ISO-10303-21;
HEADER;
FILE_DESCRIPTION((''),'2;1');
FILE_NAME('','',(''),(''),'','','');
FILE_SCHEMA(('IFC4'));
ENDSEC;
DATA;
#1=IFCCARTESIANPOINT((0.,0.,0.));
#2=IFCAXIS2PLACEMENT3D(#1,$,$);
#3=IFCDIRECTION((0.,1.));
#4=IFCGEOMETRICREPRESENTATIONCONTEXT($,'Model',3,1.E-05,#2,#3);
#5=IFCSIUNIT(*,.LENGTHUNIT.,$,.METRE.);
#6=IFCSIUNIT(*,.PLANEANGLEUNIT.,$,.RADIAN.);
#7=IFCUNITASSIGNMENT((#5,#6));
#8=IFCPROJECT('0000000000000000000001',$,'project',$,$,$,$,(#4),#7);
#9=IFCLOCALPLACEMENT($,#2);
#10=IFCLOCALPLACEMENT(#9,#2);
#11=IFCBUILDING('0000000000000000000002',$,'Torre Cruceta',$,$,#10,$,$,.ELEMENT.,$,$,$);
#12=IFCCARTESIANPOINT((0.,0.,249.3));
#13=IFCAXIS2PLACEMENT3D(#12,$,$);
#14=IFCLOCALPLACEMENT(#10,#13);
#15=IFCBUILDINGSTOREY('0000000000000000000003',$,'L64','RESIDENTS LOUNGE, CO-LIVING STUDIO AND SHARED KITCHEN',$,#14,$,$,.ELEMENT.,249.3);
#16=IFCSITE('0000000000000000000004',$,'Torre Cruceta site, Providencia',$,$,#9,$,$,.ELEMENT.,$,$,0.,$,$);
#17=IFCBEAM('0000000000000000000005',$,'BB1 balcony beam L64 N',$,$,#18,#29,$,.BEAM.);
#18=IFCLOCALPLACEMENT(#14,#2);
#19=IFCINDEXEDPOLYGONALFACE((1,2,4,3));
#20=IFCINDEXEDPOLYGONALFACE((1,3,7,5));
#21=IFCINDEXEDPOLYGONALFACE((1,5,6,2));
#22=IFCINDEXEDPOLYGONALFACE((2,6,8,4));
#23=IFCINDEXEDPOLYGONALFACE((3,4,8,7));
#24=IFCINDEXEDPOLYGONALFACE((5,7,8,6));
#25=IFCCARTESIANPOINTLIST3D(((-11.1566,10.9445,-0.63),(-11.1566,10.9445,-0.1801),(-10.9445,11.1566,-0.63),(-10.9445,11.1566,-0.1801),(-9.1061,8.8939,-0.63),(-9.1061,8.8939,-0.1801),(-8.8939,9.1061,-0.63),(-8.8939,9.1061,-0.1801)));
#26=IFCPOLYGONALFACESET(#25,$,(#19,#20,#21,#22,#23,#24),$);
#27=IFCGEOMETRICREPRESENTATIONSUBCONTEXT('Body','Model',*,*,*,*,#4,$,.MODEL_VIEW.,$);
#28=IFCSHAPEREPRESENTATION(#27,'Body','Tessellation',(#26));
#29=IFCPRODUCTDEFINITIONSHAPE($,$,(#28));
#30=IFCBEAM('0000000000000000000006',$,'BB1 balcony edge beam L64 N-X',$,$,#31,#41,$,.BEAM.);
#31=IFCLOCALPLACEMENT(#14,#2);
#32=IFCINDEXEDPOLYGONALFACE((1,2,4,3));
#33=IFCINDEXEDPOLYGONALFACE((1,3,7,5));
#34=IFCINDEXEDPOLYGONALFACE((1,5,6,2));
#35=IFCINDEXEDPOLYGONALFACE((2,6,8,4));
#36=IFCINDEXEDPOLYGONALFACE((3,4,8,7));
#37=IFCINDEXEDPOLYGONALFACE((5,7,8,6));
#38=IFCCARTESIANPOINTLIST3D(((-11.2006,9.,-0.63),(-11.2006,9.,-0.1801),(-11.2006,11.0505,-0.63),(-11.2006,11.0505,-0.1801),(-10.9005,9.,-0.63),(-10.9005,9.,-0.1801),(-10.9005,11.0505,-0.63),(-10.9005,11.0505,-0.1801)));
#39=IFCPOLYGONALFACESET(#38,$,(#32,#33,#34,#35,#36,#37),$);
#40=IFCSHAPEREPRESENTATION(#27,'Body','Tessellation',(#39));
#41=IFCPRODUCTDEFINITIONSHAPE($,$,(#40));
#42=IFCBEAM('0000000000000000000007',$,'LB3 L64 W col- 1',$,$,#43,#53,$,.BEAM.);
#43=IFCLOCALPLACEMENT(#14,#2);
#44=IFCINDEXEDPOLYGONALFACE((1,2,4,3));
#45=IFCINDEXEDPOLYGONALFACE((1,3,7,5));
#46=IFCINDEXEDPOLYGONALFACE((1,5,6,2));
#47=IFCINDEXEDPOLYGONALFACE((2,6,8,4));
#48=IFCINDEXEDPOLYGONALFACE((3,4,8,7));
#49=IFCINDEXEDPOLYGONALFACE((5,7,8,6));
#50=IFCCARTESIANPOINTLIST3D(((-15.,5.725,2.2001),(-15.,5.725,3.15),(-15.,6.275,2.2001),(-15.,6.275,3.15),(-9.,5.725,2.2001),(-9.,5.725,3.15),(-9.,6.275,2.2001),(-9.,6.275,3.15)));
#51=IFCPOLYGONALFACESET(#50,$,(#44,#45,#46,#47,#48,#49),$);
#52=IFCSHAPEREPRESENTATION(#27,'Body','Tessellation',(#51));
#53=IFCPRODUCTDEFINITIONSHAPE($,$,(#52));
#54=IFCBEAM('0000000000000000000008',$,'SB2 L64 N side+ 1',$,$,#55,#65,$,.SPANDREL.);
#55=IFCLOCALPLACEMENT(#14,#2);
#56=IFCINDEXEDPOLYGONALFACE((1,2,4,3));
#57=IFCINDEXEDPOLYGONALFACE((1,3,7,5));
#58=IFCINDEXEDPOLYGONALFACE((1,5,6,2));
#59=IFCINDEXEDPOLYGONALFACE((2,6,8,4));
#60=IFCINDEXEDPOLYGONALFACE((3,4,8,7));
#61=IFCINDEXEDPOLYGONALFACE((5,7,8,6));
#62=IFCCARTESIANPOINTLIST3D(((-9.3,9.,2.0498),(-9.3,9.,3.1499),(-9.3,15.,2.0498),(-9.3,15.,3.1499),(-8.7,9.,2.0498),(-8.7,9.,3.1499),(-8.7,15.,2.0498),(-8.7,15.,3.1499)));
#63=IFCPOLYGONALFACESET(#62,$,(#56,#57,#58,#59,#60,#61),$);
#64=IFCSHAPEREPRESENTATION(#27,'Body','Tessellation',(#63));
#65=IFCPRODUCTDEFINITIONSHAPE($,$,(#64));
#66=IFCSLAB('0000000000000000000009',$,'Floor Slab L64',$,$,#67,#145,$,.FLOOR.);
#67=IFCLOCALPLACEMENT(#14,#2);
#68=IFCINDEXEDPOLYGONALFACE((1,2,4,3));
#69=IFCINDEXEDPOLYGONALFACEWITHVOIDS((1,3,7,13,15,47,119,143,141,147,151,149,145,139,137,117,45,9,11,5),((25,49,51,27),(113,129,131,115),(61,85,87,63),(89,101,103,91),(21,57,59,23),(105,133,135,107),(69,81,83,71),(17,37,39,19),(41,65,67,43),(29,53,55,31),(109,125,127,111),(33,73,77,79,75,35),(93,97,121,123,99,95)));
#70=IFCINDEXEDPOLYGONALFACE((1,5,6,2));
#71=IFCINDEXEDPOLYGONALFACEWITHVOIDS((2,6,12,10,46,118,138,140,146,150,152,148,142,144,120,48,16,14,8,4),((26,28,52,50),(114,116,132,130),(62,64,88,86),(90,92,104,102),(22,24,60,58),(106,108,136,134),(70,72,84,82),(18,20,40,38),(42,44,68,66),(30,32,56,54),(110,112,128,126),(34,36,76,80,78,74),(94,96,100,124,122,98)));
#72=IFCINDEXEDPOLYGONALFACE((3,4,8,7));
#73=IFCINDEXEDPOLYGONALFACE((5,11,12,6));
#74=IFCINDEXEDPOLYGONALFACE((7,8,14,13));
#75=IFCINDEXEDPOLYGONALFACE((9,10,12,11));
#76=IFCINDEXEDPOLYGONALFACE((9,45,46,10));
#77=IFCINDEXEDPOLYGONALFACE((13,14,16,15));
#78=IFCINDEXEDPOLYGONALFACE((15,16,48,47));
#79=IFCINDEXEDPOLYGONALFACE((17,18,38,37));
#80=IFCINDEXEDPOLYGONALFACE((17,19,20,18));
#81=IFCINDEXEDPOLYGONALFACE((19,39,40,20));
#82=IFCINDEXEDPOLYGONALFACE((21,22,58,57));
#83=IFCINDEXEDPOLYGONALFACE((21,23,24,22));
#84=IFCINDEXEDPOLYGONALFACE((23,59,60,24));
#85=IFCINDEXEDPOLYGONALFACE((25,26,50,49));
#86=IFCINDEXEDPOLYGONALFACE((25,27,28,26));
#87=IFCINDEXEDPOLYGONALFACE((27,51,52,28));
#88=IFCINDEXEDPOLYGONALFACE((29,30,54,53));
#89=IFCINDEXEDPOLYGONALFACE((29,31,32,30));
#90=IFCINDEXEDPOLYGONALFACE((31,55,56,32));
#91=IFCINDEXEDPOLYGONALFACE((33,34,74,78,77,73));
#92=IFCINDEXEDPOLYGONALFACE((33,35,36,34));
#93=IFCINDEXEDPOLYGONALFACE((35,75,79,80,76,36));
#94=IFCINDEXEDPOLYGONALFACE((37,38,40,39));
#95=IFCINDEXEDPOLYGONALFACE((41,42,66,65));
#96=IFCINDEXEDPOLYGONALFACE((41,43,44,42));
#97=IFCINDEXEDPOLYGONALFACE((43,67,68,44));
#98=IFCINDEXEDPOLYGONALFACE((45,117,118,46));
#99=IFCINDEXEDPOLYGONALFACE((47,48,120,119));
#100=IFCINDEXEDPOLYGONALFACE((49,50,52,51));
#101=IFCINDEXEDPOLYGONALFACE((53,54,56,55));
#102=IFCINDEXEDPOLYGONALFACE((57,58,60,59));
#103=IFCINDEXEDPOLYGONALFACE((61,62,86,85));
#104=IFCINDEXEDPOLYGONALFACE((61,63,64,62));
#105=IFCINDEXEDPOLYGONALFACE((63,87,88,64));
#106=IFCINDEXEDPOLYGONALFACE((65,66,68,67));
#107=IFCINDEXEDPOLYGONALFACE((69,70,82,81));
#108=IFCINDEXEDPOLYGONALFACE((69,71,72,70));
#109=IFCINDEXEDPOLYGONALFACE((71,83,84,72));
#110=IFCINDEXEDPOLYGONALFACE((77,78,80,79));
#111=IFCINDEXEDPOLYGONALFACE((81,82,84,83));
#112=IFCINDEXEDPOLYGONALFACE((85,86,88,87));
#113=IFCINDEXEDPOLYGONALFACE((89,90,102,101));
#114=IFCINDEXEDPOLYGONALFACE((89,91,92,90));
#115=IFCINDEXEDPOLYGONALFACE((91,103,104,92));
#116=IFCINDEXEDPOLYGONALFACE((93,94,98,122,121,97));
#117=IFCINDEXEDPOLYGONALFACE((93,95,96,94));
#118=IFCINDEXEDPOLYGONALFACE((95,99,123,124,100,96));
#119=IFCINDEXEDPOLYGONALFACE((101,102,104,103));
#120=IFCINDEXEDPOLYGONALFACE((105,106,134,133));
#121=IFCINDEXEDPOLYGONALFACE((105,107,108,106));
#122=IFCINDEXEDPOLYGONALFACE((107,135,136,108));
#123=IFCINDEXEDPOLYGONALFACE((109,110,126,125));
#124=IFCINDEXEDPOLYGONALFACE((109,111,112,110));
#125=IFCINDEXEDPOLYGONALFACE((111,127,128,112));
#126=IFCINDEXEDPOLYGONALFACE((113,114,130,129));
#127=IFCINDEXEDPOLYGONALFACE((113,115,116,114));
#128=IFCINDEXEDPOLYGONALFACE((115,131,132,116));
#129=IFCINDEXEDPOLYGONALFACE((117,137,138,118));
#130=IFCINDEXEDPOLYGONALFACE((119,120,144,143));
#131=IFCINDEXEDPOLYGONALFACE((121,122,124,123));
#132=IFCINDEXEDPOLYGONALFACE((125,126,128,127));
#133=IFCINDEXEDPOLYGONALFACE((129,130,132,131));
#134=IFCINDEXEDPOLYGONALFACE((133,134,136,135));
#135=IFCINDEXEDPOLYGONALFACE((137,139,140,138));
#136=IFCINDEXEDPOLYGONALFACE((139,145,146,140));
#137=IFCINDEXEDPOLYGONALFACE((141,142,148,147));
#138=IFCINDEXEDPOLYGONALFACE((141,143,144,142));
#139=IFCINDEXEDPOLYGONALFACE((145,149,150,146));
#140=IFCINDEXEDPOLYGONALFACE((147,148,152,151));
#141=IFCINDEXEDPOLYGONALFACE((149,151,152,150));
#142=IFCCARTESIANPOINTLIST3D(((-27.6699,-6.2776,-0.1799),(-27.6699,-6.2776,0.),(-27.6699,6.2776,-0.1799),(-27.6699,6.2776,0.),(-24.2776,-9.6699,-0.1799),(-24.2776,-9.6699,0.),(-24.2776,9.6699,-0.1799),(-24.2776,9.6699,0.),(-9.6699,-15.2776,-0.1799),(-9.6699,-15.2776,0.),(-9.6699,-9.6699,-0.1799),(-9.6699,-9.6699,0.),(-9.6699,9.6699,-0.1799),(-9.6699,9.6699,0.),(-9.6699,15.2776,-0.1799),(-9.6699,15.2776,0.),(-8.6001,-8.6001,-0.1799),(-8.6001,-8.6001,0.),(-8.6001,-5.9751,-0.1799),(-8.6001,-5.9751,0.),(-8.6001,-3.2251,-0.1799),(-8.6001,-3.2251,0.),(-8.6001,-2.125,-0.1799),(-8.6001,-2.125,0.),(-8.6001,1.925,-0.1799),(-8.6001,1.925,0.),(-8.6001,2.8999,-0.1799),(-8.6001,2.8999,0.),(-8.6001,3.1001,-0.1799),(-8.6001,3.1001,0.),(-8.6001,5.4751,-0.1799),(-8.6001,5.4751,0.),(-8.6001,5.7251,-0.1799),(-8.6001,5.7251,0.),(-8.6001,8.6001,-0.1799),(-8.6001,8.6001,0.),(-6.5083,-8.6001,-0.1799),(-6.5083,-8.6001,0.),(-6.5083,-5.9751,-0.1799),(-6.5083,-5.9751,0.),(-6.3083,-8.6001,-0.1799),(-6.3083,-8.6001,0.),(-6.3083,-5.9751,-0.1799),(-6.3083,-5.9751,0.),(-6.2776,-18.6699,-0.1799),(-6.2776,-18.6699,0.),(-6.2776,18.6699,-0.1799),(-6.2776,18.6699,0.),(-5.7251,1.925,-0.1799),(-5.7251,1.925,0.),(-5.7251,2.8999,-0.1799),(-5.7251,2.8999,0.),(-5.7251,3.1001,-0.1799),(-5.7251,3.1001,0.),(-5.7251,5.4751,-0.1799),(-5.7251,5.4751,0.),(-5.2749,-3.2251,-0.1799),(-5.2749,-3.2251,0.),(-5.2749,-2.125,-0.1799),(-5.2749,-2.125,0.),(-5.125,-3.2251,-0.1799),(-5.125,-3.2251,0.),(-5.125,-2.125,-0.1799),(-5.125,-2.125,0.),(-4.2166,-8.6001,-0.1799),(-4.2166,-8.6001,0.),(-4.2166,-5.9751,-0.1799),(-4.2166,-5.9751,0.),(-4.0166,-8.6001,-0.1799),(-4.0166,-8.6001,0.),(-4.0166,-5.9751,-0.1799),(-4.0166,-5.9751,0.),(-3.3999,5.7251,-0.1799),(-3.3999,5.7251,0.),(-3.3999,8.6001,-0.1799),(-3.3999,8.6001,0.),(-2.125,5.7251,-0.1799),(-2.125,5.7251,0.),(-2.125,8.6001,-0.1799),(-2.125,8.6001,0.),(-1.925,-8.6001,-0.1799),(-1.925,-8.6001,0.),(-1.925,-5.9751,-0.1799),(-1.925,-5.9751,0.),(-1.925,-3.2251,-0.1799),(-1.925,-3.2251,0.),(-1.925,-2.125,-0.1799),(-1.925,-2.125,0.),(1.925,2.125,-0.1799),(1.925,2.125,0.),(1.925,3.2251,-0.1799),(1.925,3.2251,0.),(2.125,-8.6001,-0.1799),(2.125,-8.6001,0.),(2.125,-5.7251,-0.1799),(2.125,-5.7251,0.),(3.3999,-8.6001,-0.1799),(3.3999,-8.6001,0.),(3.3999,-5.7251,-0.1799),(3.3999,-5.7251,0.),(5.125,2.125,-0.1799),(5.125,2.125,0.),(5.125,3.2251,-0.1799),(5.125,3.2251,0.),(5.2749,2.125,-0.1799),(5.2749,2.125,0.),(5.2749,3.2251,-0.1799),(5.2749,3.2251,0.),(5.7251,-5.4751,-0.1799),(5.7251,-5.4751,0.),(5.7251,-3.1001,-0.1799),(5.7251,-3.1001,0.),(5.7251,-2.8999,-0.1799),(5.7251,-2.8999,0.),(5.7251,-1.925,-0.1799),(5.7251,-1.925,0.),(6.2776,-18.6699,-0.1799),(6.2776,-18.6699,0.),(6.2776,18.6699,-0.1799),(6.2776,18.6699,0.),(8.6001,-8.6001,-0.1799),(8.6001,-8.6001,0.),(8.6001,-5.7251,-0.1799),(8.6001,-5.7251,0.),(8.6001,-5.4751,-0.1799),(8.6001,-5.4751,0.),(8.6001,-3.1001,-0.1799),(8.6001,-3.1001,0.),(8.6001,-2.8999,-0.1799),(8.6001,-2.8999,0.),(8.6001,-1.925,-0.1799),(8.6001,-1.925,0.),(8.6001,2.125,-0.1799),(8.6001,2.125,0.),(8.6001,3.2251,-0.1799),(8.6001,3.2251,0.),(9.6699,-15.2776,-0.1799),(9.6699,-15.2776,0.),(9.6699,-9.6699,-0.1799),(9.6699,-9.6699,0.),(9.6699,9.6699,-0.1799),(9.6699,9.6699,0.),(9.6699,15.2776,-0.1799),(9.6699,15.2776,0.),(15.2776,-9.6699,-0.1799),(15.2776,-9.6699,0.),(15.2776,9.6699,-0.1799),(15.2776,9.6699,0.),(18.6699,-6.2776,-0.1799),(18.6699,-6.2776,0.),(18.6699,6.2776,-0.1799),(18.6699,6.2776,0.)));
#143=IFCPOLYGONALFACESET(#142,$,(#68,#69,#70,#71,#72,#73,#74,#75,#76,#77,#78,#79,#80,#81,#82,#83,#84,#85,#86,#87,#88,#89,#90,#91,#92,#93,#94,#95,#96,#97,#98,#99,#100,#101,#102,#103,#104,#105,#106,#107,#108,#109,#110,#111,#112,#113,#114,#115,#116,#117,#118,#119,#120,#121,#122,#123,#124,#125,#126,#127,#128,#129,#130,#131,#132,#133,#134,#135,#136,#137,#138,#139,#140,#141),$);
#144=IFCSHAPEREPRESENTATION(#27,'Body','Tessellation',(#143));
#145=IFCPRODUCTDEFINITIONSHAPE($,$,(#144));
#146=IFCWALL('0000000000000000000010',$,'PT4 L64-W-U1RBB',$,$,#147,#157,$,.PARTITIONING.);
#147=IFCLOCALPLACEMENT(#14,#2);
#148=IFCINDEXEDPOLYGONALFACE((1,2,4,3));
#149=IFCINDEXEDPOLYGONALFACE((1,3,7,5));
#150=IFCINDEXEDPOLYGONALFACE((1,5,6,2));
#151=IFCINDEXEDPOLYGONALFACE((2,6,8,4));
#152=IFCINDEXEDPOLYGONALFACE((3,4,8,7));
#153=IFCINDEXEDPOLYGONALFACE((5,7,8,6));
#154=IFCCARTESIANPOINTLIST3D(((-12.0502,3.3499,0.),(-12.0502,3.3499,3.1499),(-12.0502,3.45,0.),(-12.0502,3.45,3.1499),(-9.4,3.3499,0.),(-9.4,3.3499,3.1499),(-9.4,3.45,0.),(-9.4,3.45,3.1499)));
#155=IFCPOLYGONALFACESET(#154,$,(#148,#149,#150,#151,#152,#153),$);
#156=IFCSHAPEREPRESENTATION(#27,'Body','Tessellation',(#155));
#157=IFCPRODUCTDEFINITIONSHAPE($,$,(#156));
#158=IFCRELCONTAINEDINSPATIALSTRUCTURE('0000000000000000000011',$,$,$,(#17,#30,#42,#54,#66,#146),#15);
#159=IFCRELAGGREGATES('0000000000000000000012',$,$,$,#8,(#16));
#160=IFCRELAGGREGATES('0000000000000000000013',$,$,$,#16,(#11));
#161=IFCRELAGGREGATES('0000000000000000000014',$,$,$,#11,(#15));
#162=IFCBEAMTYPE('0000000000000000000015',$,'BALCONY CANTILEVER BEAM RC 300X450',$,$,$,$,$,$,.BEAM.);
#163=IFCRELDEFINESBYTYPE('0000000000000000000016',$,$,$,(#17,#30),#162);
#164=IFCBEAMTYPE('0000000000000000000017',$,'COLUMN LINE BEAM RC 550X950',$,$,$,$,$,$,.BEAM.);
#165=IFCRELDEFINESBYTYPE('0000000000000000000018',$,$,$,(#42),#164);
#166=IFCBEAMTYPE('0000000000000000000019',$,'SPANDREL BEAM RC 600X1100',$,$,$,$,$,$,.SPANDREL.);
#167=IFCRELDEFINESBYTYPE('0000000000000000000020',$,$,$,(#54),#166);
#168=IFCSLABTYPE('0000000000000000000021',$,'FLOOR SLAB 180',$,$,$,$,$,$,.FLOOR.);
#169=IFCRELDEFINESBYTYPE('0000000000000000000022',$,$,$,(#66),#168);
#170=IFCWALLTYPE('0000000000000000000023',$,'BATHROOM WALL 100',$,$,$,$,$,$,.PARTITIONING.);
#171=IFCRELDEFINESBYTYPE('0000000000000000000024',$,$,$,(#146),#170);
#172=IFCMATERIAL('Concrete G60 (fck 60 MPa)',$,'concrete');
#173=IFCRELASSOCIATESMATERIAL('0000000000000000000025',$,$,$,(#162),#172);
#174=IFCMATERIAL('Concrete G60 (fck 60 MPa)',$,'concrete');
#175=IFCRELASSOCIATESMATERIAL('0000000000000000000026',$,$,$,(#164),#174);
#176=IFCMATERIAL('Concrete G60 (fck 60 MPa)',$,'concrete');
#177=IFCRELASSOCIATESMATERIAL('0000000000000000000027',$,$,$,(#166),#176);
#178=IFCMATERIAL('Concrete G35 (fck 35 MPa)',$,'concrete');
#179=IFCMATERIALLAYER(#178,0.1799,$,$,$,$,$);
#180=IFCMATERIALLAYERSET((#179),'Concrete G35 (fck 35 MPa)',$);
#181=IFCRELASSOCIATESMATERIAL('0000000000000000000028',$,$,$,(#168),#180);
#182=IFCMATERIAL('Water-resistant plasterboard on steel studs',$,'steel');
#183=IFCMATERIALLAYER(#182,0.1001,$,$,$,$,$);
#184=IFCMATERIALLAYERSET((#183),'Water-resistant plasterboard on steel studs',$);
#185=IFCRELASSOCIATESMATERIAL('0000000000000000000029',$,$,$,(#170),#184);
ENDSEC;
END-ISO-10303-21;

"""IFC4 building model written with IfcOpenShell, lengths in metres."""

from ifc_helpers import new_model, si_unit, direction, frame, frame_2d, origin, origin_2d, place, context, subcontext, project, spatial, polyline, rectangle, outline, extrude, material, layer, layer_set, material_profile, profile_set, type_object, element, save


model = new_model("IFC4")

# Units and contexts
model_context = context("Model", 3, precision=1e-05, world=origin(), true_north=direction((0.0, 1.0)))
body_context = subcontext(model_context, "Body", "Model", "MODEL_VIEW")
ifc_project = project(units=[si_unit("LENGTHUNIT", "METRE"), si_unit("PLANEANGLEUNIT", "RADIAN")], contexts=[model_context])

# Site, building, storey
site_placement = place(None, origin())
site = spatial("IfcSite", under=ifc_project, at=site_placement, Name="Torre Cruceta site, Providencia", CompositionType="ELEMENT", RefElevation=0.0)
building_placement = place(site_placement, origin())
building = spatial("IfcBuilding", under=site, at=building_placement, Name="Torre Cruceta", CompositionType="ELEMENT")
storey_placement = place(building_placement, frame((0.0, 0.0, 249.3)))
storey = spatial("IfcBuildingStorey", under=building, at=storey_placement, Name="L64", Description="RESIDENTS LOUNGE, CO-LIVING STUDIO AND SHARED KITCHEN", CompositionType="ELEMENT", Elevation=249.3)

# Beams
ifc_material_1 = material(Name="Concrete G60 (fck 60 MPa)", Category="concrete")
ifc_material_profile_1 = material_profile(ifc_material_1, rectangle(XDim=0.3, YDim=0.45, at=origin_2d()), Name="RC 300X450")
ifc_profile_set_1 = profile_set([ifc_material_profile_1], Name="Concrete G60 (fck 60 MPa)")
beam_type_1 = type_object("IfcBeamType", Name="BALCONY CANTILEVER BEAM RC 300X450", PredefinedType="BEAM", material=ifc_profile_set_1)
beam_1_placement = place(storey_placement, frame((-9.0, 9.0, -0.405), z_axis=(-0.707107, 0.707107, 0.0), x_axis=(-0.707107, -0.707107, 0.0)))
element("IfcBeam", 1, at=beam_1_placement, inside=storey, type_object=beam_type_1, Name="BB1 balcony beam L64 N", PredefinedType="BEAM", context=body_context, shape_type="SweptSolid", body=[
    extrude(rectangle(XDim=0.3, YDim=0.45, at=origin_2d()), origin(), (0.0, 0.0, 1.0), 2.8999),
])
beam_2_placement = place(storey_placement, frame((-11.0505, 9.0, -0.405), z_axis=(0.0, 1.0, 0.0), x_axis=(-1.0, 0.0, 0.0)))
element("IfcBeam", 2, at=beam_2_placement, inside=storey, type_object=beam_type_1, Name="BB1 balcony edge beam L64 N-X", PredefinedType="BEAM", context=body_context, shape_type="SweptSolid", body=[
    extrude(rectangle(XDim=0.3, YDim=0.45, at=origin_2d()), origin(), (0.0, 0.0, 1.0), 2.0505),
])
ifc_material_2 = material(Name="Concrete G60 (fck 60 MPa)", Category="concrete")
ifc_material_profile_2 = material_profile(ifc_material_2, rectangle(XDim=0.55, YDim=0.95, at=origin_2d()), Name="RC 550X950")
ifc_profile_set_2 = profile_set([ifc_material_profile_2], Name="Concrete G60 (fck 60 MPa)")
beam_type_2 = type_object("IfcBeamType", Name="COLUMN LINE BEAM RC 550X950", PredefinedType="BEAM", material=ifc_profile_set_2)
beam_3_placement = place(storey_placement, frame((-9.0, 6.0, 2.675), z_axis=(-1.0, 0.0, 0.0), x_axis=(0.0, -1.0, 0.0)))
element("IfcBeam", 3, at=beam_3_placement, inside=storey, type_object=beam_type_2, Name="LB3 L64 W col- 1", PredefinedType="BEAM", context=body_context, shape_type="SweptSolid", body=[
    extrude(rectangle(XDim=0.55, YDim=0.95, at=origin_2d()), origin(), (0.0, 0.0, 1.0), 6.0),
])
ifc_material_3 = material(Name="Concrete G60 (fck 60 MPa)", Category="concrete")
ifc_material_profile_3 = material_profile(ifc_material_3, rectangle(XDim=0.6001, YDim=1.1001, at=origin_2d()), Name="RC 600X1100")
ifc_profile_set_3 = profile_set([ifc_material_profile_3], Name="Concrete G60 (fck 60 MPa)")
beam_type_3 = type_object("IfcBeamType", Name="SPANDREL BEAM RC 600X1100", PredefinedType="SPANDREL", material=ifc_profile_set_3)
beam_4_placement = place(storey_placement, frame((-9.0, 9.0, 2.5999), z_axis=(0.0, 1.0, 0.0), x_axis=(-1.0, 0.0, 0.0)))
element("IfcBeam", 4, at=beam_4_placement, inside=storey, type_object=beam_type_3, Name="SB2 L64 N side+ 1", PredefinedType="SPANDREL", context=body_context, shape_type="SweptSolid", body=[
    extrude(rectangle(XDim=0.6001, YDim=1.1001, at=origin_2d()), origin(), (0.0, 0.0, 1.0), 6.0),
])

# Slab
ifc_material_4 = material(Name="Concrete G35 (fck 35 MPa)", Category="concrete")
ifc_layer_1 = layer(ifc_material_4, 0.1799)
ifc_layer_set_1 = layer_set([ifc_layer_1], Name="Concrete G35 (fck 35 MPa)")
slab_type = type_object("IfcSlabType", Name="FLOOR SLAB 180", PredefinedType="FLOOR", material=ifc_layer_set_1)
slab_placement = place(storey_placement, frame((0.0, 0.0, -0.1799)))
element("IfcSlab", 5, at=slab_placement, inside=storey, type_object=slab_type, Name="Floor Slab L64", PredefinedType="FLOOR", context=body_context, shape_type="SweptSolid", body=[
    extrude(outline(polyline([(9.6699, -9.6699), (9.6699, -15.2776), (6.2776, -18.6699), (-6.2776, -18.6699), (-9.6699, -15.2776), (-9.6699, -9.6699), (-24.2776, -9.6699), (-27.6699, -6.2776), (-27.6699, 6.2776), (-24.2776, 9.6699), (-9.6699, 9.6699), (-9.6699, 15.2776), (-6.2776, 18.6699), (6.2776, 18.6699), (9.6699, 15.2776), (9.6699, 9.6699), (15.2776, 9.6699), (18.6699, 6.2776), (18.6699, -6.2776), (15.2776, -9.6699), (9.6699, -9.6699)]), holes=[polyline([(1.925, 2.125), (5.125, 2.125), (5.125, 3.2251), (1.925, 3.2251), (1.925, 2.125)]), polyline([(5.2749, 2.125), (8.6001, 2.125), (8.6001, 3.2251), (5.2749, 3.2251), (5.2749, 2.125)]), polyline([(-8.6001, 3.1001), (-5.7251, 3.1001), (-5.7251, 5.4751), (-8.6001, 5.4751), (-8.6001, 3.1001)]), polyline([(-8.6001, 1.925), (-5.7251, 1.925), (-5.7251, 2.8999), (-8.6001, 2.8999), (-8.6001, 1.925)]), polyline([(-4.0166, -8.6001), (-1.925, -8.6001), (-1.925, -5.9751), (-4.0166, -5.9751), (-4.0166, -8.6001)]), polyline([(-6.3083, -8.6001), (-4.2166, -8.6001), (-4.2166, -5.9751), (-6.3083, -5.9751), (-6.3083, -8.6001)]), polyline([(-8.6001, -8.6001), (-6.5083, -8.6001), (-6.5083, -5.9751), (-8.6001, -5.9751), (-8.6001, -8.6001)]), polyline([(-5.125, -3.2251), (-1.925, -3.2251), (-1.925, -2.125), (-5.125, -2.125), (-5.125, -3.2251)]), polyline([(-8.6001, -3.2251), (-5.2749, -3.2251), (-5.2749, -2.125), (-8.6001, -2.125), (-8.6001, -3.2251)]), polyline([(5.7251, -5.4751), (8.6001, -5.4751), (8.6001, -3.1001), (5.7251, -3.1001), (5.7251, -5.4751)]), polyline([(5.7251, -2.8999), (8.6001, -2.8999), (8.6001, -1.925), (5.7251, -1.925), (5.7251, -2.8999)]), polyline([(-8.6001, 5.7251), (-8.6001, 8.6001), (-3.3999, 8.6001), (-2.125, 8.6001), (-2.125, 5.7251), (-3.3999, 5.7251), (-8.6001, 5.7251)]), polyline([(2.125, -5.7251), (3.3999, -5.7251), (8.6001, -5.7251), (8.6001, -8.6001), (3.3999, -8.6001), (2.125, -8.6001), (2.125, -5.7251)])]), origin(), (0.0, 0.0, 1.0), 0.1799),
])

# Wall
ifc_material_5 = material(Name="Water-resistant plasterboard on steel studs", Category="steel")
ifc_layer_2 = layer(ifc_material_5, 0.1001)
ifc_layer_set_2 = layer_set([ifc_layer_2], Name="Water-resistant plasterboard on steel studs")
wall_type_1 = type_object("IfcWallType", Name="BATHROOM WALL 100", PredefinedType="PARTITIONING", material=ifc_layer_set_2)
wall_1_placement = place(storey_placement, frame((-9.3999, 3.3999, 0.0), z_axis=(0.0, 0.0, 1.0), x_axis=(-1.0, 0.0, 0.0)))
element("IfcWall", 6, at=wall_1_placement, inside=storey, type_object=wall_type_1, Name="PT4 L64-W-U1RBB", PredefinedType="PARTITIONING", context=body_context, shape_type="SweptSolid", body=[
    extrude(rectangle(XDim=2.6501, YDim=0.1001, at=frame_2d((1.3252, 0.0))), origin(), (0.0, 0.0, 1.0), 3.1499),
])

save(model, "model.ifc")
